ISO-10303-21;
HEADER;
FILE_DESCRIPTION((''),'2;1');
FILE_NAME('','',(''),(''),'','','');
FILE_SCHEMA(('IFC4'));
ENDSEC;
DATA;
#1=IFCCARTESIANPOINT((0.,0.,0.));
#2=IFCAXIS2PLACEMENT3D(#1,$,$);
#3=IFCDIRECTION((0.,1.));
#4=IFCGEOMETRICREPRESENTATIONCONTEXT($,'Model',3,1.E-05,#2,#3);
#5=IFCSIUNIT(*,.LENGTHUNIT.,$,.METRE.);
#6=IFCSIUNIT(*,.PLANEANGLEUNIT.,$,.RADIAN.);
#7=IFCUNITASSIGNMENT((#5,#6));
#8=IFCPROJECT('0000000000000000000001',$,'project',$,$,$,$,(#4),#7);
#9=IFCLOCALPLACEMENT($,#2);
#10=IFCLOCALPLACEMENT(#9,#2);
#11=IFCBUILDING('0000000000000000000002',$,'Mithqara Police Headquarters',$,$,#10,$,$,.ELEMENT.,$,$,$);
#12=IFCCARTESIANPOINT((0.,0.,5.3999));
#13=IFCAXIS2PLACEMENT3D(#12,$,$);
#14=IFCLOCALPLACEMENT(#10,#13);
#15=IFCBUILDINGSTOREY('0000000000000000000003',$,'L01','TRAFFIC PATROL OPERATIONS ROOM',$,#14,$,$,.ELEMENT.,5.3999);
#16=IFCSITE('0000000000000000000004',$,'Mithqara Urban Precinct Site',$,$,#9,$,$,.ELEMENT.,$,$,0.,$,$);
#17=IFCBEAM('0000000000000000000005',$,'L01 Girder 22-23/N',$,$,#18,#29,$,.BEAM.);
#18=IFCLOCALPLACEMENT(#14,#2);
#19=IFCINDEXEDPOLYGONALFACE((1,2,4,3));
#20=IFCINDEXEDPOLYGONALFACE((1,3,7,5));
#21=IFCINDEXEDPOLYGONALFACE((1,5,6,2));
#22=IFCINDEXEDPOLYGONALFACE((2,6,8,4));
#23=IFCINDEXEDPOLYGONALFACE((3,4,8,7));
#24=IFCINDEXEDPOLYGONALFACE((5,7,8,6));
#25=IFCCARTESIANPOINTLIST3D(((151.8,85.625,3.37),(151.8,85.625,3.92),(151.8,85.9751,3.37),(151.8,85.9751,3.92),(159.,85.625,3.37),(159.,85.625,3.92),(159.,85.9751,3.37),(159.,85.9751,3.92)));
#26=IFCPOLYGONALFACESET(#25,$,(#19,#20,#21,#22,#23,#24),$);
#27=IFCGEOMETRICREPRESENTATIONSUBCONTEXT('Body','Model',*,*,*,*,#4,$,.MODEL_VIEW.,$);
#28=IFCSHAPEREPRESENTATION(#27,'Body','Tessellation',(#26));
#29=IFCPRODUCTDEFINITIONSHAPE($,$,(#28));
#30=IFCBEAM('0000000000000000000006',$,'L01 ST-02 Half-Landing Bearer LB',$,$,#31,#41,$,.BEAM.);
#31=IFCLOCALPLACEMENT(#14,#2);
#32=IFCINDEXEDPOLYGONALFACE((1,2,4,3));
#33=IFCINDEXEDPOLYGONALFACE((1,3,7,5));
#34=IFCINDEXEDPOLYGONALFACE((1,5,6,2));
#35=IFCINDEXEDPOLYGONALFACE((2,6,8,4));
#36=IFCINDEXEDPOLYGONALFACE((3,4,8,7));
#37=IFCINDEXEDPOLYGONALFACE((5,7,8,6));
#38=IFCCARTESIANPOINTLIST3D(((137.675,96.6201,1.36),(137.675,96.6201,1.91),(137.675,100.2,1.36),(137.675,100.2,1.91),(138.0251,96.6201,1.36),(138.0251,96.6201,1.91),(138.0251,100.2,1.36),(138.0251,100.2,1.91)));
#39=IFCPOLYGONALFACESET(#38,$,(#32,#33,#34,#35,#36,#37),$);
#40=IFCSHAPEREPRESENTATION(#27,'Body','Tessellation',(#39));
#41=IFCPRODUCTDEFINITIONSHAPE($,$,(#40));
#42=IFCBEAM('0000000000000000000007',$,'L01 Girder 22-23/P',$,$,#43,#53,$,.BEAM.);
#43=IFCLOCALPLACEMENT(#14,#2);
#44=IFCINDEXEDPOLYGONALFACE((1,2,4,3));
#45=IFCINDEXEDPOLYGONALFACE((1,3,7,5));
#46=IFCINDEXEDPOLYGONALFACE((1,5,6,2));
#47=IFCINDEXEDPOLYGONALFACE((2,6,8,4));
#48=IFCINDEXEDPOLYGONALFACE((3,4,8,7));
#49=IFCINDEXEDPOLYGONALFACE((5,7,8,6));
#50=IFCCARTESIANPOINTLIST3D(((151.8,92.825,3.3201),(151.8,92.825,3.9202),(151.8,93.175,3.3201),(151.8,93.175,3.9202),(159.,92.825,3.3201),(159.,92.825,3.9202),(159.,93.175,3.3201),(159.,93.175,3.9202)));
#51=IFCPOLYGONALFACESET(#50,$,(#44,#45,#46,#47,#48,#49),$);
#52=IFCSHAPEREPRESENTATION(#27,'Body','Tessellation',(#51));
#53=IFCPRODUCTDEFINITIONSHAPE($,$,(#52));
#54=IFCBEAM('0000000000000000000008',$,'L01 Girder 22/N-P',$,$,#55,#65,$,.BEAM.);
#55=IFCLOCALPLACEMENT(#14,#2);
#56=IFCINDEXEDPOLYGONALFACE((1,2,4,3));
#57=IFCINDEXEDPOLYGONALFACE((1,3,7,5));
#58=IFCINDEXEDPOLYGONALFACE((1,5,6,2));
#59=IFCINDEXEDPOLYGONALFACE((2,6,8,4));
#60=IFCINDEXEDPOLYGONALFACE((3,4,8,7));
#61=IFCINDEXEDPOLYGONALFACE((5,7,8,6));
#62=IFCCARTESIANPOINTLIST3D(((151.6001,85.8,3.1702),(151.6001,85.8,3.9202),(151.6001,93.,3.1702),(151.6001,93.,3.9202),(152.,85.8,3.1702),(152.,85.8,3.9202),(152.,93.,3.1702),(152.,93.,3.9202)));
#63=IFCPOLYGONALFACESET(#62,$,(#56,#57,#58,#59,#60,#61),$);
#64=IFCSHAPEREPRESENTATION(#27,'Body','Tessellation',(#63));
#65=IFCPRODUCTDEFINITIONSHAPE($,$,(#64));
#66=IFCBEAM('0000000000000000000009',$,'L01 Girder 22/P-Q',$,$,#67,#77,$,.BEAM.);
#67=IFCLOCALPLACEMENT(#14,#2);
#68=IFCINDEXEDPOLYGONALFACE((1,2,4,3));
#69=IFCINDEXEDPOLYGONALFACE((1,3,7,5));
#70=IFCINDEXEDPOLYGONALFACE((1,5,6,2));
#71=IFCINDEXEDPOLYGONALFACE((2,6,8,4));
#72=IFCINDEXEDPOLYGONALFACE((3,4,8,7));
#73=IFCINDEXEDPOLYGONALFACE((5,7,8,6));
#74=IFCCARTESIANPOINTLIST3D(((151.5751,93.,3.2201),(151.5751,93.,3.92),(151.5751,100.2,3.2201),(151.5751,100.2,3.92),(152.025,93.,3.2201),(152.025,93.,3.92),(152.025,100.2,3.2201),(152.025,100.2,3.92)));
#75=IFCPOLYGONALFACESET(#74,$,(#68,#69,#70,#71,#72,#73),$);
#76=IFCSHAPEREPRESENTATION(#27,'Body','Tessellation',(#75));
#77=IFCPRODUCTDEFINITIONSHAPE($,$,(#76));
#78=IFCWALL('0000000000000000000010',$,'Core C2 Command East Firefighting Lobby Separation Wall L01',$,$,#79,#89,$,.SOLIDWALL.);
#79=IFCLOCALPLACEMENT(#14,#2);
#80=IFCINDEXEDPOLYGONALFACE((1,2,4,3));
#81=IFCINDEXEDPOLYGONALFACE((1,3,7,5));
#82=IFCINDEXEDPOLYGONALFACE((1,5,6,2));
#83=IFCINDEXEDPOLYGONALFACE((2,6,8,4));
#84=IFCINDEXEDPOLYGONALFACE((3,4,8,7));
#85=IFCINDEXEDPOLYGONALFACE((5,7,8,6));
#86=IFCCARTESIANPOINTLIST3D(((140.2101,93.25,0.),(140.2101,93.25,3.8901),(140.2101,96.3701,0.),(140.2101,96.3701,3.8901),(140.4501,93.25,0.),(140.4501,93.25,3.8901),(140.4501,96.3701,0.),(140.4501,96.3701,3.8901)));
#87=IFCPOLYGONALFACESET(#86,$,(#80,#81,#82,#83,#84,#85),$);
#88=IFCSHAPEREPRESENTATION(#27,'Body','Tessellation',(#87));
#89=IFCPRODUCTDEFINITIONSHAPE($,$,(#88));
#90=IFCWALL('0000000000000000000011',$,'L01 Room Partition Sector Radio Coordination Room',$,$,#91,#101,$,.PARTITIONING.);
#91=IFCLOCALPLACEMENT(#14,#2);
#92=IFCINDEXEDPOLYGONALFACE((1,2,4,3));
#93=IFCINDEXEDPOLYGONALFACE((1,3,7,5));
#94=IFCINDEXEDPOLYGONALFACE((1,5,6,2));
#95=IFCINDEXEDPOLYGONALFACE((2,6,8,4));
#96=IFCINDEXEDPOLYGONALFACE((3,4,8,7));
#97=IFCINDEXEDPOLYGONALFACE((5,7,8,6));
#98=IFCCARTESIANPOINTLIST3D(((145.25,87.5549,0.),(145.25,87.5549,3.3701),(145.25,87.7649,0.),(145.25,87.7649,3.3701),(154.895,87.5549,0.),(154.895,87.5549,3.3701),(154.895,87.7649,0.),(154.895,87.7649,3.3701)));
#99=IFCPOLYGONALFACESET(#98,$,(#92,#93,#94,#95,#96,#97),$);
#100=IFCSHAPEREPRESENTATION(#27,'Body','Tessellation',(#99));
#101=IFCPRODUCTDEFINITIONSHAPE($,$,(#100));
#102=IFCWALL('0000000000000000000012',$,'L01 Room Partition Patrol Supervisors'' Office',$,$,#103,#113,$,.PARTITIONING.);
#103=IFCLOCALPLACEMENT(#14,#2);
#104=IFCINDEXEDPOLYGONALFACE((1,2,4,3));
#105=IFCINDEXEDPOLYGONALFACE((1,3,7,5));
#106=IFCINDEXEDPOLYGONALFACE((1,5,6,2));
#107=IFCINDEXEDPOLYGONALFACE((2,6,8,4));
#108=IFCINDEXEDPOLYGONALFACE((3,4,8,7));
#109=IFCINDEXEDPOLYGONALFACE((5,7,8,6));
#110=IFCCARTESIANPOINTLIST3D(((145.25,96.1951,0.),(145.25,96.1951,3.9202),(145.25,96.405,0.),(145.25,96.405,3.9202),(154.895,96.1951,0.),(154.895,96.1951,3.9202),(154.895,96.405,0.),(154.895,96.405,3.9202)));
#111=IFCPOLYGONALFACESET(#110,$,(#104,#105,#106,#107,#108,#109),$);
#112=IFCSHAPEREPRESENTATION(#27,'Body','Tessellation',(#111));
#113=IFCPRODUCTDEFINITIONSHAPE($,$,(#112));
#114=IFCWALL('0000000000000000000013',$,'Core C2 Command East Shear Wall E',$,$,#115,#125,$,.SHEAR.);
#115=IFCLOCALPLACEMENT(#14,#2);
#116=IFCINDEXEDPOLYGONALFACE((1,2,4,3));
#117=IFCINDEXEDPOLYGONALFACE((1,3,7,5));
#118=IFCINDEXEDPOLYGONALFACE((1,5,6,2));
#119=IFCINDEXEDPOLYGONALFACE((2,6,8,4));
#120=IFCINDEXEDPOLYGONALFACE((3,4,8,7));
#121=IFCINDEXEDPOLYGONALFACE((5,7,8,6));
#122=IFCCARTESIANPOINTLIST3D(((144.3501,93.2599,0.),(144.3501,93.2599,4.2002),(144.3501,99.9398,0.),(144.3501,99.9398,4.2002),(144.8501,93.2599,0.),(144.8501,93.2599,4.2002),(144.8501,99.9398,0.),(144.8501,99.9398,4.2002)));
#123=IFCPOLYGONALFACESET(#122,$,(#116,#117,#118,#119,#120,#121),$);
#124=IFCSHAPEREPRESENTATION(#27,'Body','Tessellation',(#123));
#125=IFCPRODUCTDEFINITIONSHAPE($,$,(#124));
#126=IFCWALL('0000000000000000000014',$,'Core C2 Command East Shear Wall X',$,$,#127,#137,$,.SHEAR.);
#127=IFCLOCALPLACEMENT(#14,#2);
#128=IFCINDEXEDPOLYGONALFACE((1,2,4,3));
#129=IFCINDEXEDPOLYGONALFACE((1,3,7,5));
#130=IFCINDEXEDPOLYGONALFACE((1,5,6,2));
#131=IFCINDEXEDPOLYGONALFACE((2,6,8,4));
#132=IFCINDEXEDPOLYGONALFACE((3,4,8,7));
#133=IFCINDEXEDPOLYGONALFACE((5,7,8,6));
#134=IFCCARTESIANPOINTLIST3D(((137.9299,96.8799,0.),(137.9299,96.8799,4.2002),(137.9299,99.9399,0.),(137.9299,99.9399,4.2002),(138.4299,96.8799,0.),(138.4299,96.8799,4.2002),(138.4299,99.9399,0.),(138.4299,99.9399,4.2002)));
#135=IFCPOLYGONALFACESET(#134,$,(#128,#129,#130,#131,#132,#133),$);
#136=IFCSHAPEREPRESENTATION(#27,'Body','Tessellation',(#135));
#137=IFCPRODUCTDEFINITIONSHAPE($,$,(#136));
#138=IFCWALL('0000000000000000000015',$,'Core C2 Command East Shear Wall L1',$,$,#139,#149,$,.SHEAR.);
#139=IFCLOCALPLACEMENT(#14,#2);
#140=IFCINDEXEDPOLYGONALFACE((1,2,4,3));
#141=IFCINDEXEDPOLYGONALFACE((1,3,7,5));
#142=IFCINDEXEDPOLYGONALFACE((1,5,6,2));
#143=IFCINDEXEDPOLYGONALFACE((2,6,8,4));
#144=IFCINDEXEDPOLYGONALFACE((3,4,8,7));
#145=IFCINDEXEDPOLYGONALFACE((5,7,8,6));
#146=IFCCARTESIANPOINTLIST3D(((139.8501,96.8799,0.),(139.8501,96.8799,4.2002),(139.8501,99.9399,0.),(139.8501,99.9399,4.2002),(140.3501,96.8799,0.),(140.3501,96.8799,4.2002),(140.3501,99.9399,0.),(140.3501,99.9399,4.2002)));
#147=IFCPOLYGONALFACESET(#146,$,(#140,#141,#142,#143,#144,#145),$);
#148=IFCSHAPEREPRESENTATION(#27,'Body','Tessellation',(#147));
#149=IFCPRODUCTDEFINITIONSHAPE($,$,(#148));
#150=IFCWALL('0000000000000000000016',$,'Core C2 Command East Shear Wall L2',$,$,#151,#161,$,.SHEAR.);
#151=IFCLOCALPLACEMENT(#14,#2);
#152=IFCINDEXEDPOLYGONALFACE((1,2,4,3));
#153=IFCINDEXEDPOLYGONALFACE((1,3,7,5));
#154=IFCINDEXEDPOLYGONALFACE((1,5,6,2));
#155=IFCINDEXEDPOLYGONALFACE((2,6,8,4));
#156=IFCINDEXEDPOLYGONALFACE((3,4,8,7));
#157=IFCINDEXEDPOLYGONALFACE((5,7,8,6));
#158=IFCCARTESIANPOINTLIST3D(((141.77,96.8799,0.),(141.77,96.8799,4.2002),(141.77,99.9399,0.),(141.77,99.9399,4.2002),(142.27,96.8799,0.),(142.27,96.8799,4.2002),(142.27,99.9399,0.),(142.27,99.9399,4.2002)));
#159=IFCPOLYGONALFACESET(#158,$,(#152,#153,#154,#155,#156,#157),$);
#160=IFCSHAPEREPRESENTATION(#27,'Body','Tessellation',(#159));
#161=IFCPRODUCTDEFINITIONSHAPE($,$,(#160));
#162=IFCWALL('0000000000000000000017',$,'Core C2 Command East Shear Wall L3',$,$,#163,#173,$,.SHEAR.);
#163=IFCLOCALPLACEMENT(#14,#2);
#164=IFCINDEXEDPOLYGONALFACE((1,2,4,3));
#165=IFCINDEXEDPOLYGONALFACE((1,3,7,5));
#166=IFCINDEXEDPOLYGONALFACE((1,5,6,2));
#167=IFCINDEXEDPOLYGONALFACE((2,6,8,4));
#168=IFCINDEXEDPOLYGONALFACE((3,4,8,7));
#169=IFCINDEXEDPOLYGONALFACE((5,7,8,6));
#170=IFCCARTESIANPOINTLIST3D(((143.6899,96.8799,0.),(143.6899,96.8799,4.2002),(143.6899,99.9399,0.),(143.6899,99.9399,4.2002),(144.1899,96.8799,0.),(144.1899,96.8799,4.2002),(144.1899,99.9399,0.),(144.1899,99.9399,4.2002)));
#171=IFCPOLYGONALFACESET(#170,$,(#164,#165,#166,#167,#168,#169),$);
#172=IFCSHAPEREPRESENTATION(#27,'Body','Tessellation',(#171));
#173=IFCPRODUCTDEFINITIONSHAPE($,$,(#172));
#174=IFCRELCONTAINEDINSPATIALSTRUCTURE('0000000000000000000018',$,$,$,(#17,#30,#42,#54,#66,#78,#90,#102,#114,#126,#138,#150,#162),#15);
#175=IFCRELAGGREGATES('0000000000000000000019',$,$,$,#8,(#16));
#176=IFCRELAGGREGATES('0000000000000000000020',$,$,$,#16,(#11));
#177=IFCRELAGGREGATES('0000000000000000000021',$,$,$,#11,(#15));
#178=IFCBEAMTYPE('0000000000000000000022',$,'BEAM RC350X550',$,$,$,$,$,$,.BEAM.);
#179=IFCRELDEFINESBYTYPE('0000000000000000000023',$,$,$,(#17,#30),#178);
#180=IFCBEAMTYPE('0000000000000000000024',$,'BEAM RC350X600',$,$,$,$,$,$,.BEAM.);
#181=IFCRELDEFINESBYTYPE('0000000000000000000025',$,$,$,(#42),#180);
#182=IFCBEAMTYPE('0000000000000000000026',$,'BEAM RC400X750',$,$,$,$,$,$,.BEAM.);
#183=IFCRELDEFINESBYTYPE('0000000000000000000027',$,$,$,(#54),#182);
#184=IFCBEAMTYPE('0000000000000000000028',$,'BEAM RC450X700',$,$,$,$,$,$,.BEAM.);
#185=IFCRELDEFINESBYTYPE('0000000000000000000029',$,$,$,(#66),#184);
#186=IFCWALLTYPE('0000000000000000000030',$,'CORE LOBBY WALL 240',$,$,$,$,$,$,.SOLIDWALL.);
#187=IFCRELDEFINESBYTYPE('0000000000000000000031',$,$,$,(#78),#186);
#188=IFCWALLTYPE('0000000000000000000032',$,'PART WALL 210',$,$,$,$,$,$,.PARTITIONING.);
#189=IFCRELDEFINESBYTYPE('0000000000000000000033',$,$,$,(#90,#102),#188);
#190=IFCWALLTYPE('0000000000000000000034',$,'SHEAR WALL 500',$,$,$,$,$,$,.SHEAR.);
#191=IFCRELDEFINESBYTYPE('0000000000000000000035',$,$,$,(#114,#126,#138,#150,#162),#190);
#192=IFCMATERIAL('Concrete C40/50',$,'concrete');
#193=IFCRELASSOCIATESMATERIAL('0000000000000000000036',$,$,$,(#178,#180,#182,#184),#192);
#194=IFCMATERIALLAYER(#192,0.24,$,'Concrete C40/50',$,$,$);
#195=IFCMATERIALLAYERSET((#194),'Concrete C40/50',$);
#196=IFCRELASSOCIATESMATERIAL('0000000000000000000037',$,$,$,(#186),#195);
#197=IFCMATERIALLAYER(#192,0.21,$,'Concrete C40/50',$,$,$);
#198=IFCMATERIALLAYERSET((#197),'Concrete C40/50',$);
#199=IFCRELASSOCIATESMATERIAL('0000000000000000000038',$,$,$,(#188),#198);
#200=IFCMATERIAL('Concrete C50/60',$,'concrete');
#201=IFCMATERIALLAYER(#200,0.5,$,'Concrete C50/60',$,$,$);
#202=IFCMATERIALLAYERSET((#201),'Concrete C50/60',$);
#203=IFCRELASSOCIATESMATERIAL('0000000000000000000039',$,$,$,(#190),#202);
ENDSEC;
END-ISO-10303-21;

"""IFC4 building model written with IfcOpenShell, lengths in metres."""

from ifc_helpers import new_model, si_unit, direction, frame, frame_2d, origin, origin_2d, place, context, subcontext, project, spatial, rectangle, extrude, material, layer, layer_set, material_profile, profile_set, type_object, element, save


model = new_model("IFC4")

# Units and contexts
model_context = context("Model", 3, precision=1e-05, world=origin(), true_north=direction((0.0, 1.0)))
body_context = subcontext(model_context, "Body", "Model", "MODEL_VIEW")
ifc_project = project(units=[si_unit("LENGTHUNIT", "METRE"), si_unit("PLANEANGLEUNIT", "RADIAN")], contexts=[model_context])

# Site, building, storey
site_placement = place(None, origin())
site = spatial("IfcSite", under=ifc_project, at=site_placement, Name="Mithqara Urban Precinct Site", CompositionType="ELEMENT", RefElevation=0.0)
building_placement = place(site_placement, origin())
building = spatial("IfcBuilding", under=site, at=building_placement, Name="Mithqara Police Headquarters", CompositionType="ELEMENT")
storey_placement = place(building_placement, frame((0.0, 0.0, 5.3999)))
storey = spatial("IfcBuildingStorey", under=building, at=storey_placement, Name="L01", Description="TRAFFIC PATROL OPERATIONS ROOM", CompositionType="ELEMENT", Elevation=5.3999)

# Shared definitions
ifc_material_1 = material(Name="Concrete C50/60", Category="concrete")

# Beams
ifc_material_2 = material(Name="Concrete C40/50", Category="concrete")
ifc_material_profile_1 = material_profile(ifc_material_2, rectangle(XDim=0.3501, YDim=0.55, at=origin_2d()), Name="RC 350x550")
ifc_profile_set_1 = profile_set([ifc_material_profile_1], Name="Concrete C40/50")
beam_type_1 = type_object("IfcBeamType", Name="BEAM RC350X550", PredefinedType="BEAM", material=ifc_profile_set_1)
for number, where, z_axis, x_axis, name in (
    (1, (151.8, 85.8, 3.645), (1.0, 0.0, 0.0), (0.0, 1.0, 0.0), "L01 Girder 22-23/N"),
):
    element("IfcBeam", number, at=place(storey_placement, frame(where, z_axis=z_axis, x_axis=x_axis)), inside=storey, type_object=beam_type_1, Name=name, PredefinedType="BEAM", context=body_context, shape_type="SweptSolid", body=[
        extrude(rectangle(XDim=0.3501, YDim=0.55, at=origin_2d()), origin(), (0.0, 0.0, 1.0), 7.2),
    ])
beam_1_placement = place(storey_placement, frame((137.8501, 96.6201, 1.635), z_axis=(0.0, 1.0, 0.0), x_axis=(-1.0, 0.0, 0.0)))
element("IfcBeam", 2, at=beam_1_placement, inside=storey, type_object=beam_type_1, Name="L01 ST-02 Half-Landing Bearer LB", PredefinedType="BEAM", context=body_context, shape_type="SweptSolid", body=[
    extrude(rectangle(XDim=0.3501, YDim=0.55, at=origin_2d()), origin(), (0.0, 0.0, 1.0), 3.5798),
])
ifc_material_profile_2 = material_profile(ifc_material_2, rectangle(XDim=0.3501, YDim=0.6001, at=origin_2d()), Name="RC 350x600")
ifc_profile_set_2 = profile_set([ifc_material_profile_2], Name="Concrete C40/50")
beam_type_2 = type_object("IfcBeamType", Name="BEAM RC350X600", PredefinedType="BEAM", material=ifc_profile_set_2)
beam_2_placement = place(storey_placement, frame((151.8, 93.0, 3.6201), z_axis=(1.0, 0.0, 0.0), x_axis=(0.0, 1.0, 0.0)))
element("IfcBeam", 3, at=beam_2_placement, inside=storey, type_object=beam_type_2, Name="L01 Girder 22-23/P", PredefinedType="BEAM", context=body_context, shape_type="SweptSolid", body=[
    extrude(rectangle(XDim=0.3501, YDim=0.6001, at=origin_2d()), origin(), (0.0, 0.0, 1.0), 7.2),
])
ifc_material_profile_3 = material_profile(ifc_material_2, rectangle(XDim=0.3999, YDim=0.75, at=origin_2d()), Name="RC 400x750")
ifc_profile_set_3 = profile_set([ifc_material_profile_3], Name="Concrete C40/50")
beam_type_3 = type_object("IfcBeamType", Name="BEAM RC400X750", PredefinedType="BEAM", material=ifc_profile_set_3)
beam_3_placement = place(storey_placement, frame((151.8, 85.8, 3.5452), z_axis=(0.0, 1.0, 0.0), x_axis=(-1.0, 0.0, 0.0)))
element("IfcBeam", 4, at=beam_3_placement, inside=storey, type_object=beam_type_3, Name="L01 Girder 22/N-P", PredefinedType="BEAM", context=body_context, shape_type="SweptSolid", body=[
    extrude(rectangle(XDim=0.3999, YDim=0.75, at=origin_2d()), origin(), (0.0, 0.0, 1.0), 7.2),
])
ifc_material_profile_4 = material_profile(ifc_material_2, rectangle(XDim=0.45, YDim=0.7, at=origin_2d()), Name="RC 450x700")
ifc_profile_set_4 = profile_set([ifc_material_profile_4], Name="Concrete C40/50")
beam_type_4 = type_object("IfcBeamType", Name="BEAM RC450X700", PredefinedType="BEAM", material=ifc_profile_set_4)
beam_4_placement = place(storey_placement, frame((151.8, 93.0, 3.5701), z_axis=(0.0, 1.0, 0.0), x_axis=(-1.0, 0.0, 0.0)))
element("IfcBeam", 5, at=beam_4_placement, inside=storey, type_object=beam_type_4, Name="L01 Girder 22/P-Q", PredefinedType="BEAM", context=body_context, shape_type="SweptSolid", body=[
    extrude(rectangle(XDim=0.45, YDim=0.7, at=origin_2d()), origin(), (0.0, 0.0, 1.0), 7.2),
])

# Walls
ifc_layer_1 = layer(ifc_material_2, 0.24, Name="Concrete C40/50")
ifc_layer_set_1 = layer_set([ifc_layer_1], Name="Concrete C40/50")
wall_type_1 = type_object("IfcWallType", Name="CORE LOBBY WALL 240", PredefinedType="SOLIDWALL", material=ifc_layer_set_1)
wall_1_placement = place(storey_placement, frame((140.3301, 93.25, 0.0), z_axis=(0.0, 0.0, 1.0), x_axis=(0.0, 1.0, 0.0)))
element("IfcWall", 6, at=wall_1_placement, inside=storey, type_object=wall_type_1, Name="Core C2 Command East Firefighting Lobby Separation Wall L01", PredefinedType="SOLIDWALL", context=body_context, shape_type="SweptSolid", body=[
    extrude(rectangle(XDim=3.1201, YDim=0.24, at=frame_2d((1.5601, 0.0))), origin(), (0.0, 0.0, 1.0), 3.8901),
])
ifc_layer_2 = layer(ifc_material_2, 0.21, Name="Concrete C40/50")
ifc_layer_set_2 = layer_set([ifc_layer_2], Name="Concrete C40/50")
wall_type_2 = type_object("IfcWallType", Name="PART WALL 210", PredefinedType="PARTITIONING", material=ifc_layer_set_2)
wall_2_placement = place(storey_placement, frame((145.25, 87.6599, 0.0), z_axis=(0.0, 0.0, 1.0), x_axis=(1.0, 0.0, 0.0)))
element("IfcWall", 7, at=wall_2_placement, inside=storey, type_object=wall_type_2, Name="L01 Room Partition Sector Radio Coordination Room", PredefinedType="PARTITIONING", context=body_context, shape_type="SweptSolid", body=[
    extrude(rectangle(XDim=9.645, YDim=0.21, at=frame_2d((4.8225, 0.0))), origin(), (0.0, 0.0, 1.0), 3.3701),
])
wall_3_placement = place(storey_placement, frame((145.25, 96.3, 0.0), z_axis=(0.0, 0.0, 1.0), x_axis=(1.0, 0.0, 0.0)))
element("IfcWall", 8, at=wall_3_placement, inside=storey, type_object=wall_type_2, Name="L01 Room Partition Patrol Supervisors' Office", PredefinedType="PARTITIONING", context=body_context, shape_type="SweptSolid", body=[
    extrude(rectangle(XDim=9.645, YDim=0.21, at=frame_2d((4.8225, 0.0))), origin(), (0.0, 0.0, 1.0), 3.9202),
])
ifc_layer_3 = layer(ifc_material_1, 0.5, Name="Concrete C50/60")
ifc_layer_set_3 = layer_set([ifc_layer_3], Name="Concrete C50/60")
wall_type_3 = type_object("IfcWallType", Name="SHEAR WALL 500", PredefinedType="SHEAR", material=ifc_layer_set_3)
wall_4_placement = place(storey_placement, frame((144.6001, 93.26, 0.0), z_axis=(0.0, 0.0, 1.0), x_axis=(0.0, 1.0, 0.0)))
element("IfcWall", 9, at=wall_4_placement, inside=storey, type_object=wall_type_3, Name="Core C2 Command East Shear Wall E", PredefinedType="SHEAR", context=body_context, shape_type="SweptSolid", body=[
    extrude(rectangle(XDim=6.6799, YDim=0.5, at=frame_2d((3.3398, 0.0))), origin(), (0.0, 0.0, 1.0), 4.2002),
])
for number, where, z_axis, x_axis, name in (
    (10, (138.1799, 96.8799, 0.0), (0.0, 0.0, 1.0), (0.0, 1.0, 0.0), "Core C2 Command East Shear Wall X"),
    (11, (140.1001, 96.8799, 0.0), (0.0, 0.0, 1.0), (0.0, 1.0, 0.0), "Core C2 Command East Shear Wall L1"),
    (12, (142.02, 96.8799, 0.0), (0.0, 0.0, 1.0), (0.0, 1.0, 0.0), "Core C2 Command East Shear Wall L2"),
    (13, (143.9399, 96.8799, 0.0), (0.0, 0.0, 1.0), (0.0, 1.0, 0.0), "Core C2 Command East Shear Wall L3"),
):
    element("IfcWall", number, at=place(storey_placement, frame(where, z_axis=z_axis, x_axis=x_axis)), inside=storey, type_object=wall_type_3, Name=name, PredefinedType="SHEAR", context=body_context, shape_type="SweptSolid", body=[
        extrude(rectangle(XDim=3.0601, YDim=0.5, at=frame_2d((1.53, 0.0))), origin(), (0.0, 0.0, 1.0), 4.2002),
    ])

save(model, "model.ifc")
